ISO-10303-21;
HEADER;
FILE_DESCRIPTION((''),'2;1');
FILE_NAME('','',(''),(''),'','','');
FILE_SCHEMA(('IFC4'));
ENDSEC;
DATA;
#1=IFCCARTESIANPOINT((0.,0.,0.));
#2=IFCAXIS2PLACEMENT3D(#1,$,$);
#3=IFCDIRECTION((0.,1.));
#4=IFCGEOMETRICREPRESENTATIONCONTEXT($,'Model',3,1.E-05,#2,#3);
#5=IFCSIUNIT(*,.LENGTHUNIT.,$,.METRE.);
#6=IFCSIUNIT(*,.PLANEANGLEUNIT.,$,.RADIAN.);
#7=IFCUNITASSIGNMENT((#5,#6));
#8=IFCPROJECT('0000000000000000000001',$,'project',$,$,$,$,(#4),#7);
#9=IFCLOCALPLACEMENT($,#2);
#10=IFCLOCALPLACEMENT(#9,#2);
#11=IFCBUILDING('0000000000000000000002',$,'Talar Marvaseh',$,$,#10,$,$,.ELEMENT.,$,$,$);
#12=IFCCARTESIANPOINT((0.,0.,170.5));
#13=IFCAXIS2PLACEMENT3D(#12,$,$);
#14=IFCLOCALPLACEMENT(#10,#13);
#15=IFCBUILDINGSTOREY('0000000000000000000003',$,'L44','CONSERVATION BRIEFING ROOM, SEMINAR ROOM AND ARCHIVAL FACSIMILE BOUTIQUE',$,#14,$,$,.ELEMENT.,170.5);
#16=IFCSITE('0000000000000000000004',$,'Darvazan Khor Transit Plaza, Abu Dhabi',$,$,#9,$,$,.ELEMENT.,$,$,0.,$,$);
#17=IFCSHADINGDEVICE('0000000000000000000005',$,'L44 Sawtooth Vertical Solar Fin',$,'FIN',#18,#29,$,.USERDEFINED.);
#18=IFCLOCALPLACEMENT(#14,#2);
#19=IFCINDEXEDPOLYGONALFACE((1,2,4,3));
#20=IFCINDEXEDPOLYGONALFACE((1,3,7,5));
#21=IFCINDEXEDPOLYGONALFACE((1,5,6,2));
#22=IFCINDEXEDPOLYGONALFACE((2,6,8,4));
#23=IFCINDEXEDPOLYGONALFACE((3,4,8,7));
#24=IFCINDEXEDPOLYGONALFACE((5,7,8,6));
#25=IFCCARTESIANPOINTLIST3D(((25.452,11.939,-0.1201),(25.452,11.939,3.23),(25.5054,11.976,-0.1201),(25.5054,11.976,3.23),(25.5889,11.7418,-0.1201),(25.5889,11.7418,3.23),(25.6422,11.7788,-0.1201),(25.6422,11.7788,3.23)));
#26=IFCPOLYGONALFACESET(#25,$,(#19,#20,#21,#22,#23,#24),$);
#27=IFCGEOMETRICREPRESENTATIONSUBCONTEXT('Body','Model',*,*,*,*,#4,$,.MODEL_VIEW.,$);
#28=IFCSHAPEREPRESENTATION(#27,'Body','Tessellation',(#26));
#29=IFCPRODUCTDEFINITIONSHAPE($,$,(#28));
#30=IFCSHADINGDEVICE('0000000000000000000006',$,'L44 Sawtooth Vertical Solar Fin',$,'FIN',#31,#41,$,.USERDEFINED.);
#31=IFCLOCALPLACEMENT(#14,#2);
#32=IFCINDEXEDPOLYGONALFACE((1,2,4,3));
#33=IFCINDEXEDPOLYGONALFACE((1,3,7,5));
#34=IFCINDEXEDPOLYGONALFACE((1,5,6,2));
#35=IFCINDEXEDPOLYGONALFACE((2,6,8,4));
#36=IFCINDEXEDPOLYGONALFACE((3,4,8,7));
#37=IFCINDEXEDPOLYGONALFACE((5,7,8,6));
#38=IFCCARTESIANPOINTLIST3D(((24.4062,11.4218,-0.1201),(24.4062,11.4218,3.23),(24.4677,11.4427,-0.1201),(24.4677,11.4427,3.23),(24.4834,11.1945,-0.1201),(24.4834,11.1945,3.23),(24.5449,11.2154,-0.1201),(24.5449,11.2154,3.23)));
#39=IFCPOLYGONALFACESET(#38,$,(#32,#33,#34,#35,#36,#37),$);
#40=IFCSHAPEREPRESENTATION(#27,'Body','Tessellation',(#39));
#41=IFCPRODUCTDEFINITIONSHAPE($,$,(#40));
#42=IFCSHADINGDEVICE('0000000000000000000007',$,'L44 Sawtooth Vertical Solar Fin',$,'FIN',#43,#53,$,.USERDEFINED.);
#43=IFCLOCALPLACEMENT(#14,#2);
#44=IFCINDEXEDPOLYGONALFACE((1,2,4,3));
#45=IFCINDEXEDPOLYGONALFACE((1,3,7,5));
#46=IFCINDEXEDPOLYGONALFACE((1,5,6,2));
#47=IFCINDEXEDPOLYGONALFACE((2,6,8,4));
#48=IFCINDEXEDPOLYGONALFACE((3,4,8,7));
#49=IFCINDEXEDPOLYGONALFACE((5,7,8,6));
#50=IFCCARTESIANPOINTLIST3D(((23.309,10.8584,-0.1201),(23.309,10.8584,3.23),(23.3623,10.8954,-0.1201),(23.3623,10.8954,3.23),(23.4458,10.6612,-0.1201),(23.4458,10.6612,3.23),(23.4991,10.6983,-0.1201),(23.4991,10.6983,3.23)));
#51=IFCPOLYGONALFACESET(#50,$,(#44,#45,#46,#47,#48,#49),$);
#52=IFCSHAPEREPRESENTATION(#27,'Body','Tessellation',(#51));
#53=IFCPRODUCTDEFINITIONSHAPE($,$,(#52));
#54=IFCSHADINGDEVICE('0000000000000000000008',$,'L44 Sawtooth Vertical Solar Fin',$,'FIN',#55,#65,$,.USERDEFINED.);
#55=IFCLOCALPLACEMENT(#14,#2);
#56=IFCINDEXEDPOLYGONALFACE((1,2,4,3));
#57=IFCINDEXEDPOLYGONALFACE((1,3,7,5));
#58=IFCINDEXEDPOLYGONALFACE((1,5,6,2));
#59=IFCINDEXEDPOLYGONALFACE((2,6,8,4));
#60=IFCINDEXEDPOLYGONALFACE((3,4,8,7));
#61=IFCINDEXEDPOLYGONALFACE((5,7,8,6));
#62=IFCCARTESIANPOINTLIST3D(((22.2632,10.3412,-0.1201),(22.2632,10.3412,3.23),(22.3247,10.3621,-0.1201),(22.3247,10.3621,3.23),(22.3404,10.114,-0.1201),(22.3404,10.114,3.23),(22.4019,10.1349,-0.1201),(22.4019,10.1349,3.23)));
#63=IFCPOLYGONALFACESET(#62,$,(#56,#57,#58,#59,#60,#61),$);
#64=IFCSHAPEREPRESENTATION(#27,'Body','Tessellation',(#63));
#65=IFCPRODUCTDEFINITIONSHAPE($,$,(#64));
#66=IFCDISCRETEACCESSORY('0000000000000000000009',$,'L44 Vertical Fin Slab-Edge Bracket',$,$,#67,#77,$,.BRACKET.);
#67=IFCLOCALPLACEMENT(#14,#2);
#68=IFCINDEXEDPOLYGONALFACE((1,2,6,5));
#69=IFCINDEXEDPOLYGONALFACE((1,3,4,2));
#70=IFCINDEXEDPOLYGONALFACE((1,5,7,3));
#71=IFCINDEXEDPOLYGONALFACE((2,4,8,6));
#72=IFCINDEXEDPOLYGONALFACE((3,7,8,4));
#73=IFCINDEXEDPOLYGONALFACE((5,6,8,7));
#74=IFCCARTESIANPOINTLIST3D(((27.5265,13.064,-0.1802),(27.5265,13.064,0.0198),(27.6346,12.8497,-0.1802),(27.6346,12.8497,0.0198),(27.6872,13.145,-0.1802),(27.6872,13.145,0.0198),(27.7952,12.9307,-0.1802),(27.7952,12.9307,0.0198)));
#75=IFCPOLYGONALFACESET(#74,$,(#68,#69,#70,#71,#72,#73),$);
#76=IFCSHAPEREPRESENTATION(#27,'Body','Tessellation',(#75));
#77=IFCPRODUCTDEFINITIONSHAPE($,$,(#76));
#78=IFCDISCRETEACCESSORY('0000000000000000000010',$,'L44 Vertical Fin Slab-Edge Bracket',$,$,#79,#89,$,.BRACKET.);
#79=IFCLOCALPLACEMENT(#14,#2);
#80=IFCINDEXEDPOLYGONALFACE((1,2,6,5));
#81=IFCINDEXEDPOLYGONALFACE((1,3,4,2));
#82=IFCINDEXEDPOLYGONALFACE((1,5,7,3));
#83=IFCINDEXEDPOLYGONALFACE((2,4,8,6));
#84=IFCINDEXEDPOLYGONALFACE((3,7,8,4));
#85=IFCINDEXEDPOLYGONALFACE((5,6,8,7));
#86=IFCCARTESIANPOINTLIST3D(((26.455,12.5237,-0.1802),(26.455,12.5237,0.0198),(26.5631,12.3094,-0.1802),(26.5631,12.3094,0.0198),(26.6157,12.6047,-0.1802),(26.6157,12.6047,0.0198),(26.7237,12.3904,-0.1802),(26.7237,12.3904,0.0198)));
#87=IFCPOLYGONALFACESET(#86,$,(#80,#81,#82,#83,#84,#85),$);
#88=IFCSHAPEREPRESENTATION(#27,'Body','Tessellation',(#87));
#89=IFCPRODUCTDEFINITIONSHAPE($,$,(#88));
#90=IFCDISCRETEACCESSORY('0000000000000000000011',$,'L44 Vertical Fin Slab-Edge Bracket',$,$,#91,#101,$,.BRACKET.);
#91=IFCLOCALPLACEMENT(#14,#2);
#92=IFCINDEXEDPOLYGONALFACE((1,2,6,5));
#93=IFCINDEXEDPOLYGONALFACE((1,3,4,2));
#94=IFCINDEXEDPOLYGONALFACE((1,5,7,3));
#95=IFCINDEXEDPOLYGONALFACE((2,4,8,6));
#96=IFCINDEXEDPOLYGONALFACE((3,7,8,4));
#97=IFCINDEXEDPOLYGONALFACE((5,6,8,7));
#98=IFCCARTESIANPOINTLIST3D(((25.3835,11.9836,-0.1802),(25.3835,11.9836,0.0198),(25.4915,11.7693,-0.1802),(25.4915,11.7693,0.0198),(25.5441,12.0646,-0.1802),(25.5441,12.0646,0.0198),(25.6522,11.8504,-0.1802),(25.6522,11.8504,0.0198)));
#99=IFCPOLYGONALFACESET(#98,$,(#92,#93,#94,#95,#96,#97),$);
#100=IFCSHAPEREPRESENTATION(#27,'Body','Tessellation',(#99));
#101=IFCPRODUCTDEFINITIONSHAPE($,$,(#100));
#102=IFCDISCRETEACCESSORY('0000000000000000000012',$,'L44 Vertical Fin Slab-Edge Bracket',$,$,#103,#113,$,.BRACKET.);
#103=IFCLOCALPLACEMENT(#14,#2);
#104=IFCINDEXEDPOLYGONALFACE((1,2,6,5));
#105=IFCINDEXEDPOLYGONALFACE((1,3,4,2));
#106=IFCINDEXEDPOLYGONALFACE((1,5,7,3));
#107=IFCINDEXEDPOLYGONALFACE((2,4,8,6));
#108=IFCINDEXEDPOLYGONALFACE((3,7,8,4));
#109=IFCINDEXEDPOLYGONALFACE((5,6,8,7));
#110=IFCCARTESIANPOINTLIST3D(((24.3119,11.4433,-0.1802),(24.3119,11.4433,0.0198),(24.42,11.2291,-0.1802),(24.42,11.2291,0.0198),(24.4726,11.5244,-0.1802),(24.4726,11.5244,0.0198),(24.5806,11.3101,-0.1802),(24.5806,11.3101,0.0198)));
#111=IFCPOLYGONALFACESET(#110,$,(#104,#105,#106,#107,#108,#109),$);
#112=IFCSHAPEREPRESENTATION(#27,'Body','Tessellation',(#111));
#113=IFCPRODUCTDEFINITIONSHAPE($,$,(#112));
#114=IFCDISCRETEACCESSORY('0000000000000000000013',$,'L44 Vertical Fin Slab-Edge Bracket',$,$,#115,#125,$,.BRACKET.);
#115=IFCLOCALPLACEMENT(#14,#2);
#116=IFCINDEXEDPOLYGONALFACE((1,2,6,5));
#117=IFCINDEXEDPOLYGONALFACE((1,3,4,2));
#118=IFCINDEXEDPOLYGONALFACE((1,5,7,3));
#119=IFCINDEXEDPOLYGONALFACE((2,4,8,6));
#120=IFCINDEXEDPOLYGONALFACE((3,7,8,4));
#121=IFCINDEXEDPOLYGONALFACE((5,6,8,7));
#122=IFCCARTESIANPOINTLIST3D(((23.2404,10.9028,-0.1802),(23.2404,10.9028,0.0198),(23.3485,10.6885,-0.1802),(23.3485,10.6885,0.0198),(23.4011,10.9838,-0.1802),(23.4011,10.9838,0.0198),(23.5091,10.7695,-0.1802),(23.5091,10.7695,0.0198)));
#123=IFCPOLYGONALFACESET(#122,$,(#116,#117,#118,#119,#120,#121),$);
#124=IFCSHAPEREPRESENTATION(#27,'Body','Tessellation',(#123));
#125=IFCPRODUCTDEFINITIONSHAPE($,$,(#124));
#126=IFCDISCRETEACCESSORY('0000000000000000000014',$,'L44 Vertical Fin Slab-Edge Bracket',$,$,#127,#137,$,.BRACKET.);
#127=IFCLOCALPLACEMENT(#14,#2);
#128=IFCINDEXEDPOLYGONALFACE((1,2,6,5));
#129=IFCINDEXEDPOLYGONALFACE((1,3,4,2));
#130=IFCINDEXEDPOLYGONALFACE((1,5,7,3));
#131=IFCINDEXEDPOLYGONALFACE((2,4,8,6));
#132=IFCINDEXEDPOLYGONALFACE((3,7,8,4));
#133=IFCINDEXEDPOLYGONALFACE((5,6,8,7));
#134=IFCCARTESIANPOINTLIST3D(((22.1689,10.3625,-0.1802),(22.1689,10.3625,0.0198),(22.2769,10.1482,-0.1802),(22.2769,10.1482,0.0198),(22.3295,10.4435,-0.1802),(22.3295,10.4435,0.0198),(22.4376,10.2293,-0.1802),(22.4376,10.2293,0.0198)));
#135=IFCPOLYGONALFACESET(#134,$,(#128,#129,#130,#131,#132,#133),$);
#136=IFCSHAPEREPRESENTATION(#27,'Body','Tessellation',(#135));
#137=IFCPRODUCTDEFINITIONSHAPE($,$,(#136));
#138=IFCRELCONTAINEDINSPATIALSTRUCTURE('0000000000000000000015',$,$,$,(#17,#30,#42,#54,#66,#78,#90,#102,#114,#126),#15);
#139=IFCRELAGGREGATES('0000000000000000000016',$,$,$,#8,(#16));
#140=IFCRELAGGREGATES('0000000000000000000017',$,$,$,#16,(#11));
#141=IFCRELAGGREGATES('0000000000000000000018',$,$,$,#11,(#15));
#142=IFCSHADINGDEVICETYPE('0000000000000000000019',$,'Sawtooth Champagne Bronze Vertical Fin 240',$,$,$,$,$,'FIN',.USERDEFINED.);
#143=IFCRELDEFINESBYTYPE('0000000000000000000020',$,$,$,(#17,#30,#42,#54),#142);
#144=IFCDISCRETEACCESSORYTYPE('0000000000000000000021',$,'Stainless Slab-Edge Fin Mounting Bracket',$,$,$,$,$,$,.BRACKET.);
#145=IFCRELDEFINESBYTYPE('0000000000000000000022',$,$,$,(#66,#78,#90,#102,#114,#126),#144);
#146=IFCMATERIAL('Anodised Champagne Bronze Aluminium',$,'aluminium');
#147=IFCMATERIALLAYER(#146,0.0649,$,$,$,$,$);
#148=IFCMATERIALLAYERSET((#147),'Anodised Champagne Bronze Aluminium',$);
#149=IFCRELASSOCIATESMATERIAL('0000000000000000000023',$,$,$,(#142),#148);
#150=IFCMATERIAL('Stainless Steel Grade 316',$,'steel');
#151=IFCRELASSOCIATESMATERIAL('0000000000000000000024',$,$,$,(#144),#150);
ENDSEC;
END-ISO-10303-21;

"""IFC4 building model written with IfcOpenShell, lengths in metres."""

from ifc_helpers import new_model, si_unit, direction, frame, origin, origin_2d, place, context, subcontext, project, spatial, rectangle, extrude, source, transform, mapped, material, layer, layer_set, type_object, type_shapes, element, save


model = new_model("IFC4")

# Units and contexts
model_context = context("Model", 3, precision=1e-05, world=origin(), true_north=direction((0.0, 1.0)))
body_context = subcontext(model_context, "Body", "Model", "MODEL_VIEW")
ifc_project = project(units=[si_unit("LENGTHUNIT", "METRE"), si_unit("PLANEANGLEUNIT", "RADIAN")], contexts=[model_context])

# Site, building, storey
site_placement = place(None, origin())
site = spatial("IfcSite", under=ifc_project, at=site_placement, Name="Darvazan Khor Transit Plaza, Abu Dhabi", CompositionType="ELEMENT", RefElevation=0.0)
building_placement = place(site_placement, origin())
building = spatial("IfcBuilding", under=site, at=building_placement, Name="Talar Marvaseh", CompositionType="ELEMENT")
storey_placement = place(building_placement, frame((0.0, 0.0, 170.5)))
storey = spatial("IfcBuildingStorey", under=building, at=storey_placement, Name="L44", Description="CONSERVATION BRIEFING ROOM, SEMINAR ROOM AND ARCHIVAL FACSIMILE BOUTIQUE", CompositionType="ELEMENT", Elevation=170.5)

# Shading devices
ifc_material_1 = material(Name="Anodised Champagne Bronze Aluminium", Category="aluminium")
ifc_layer_1 = layer(ifc_material_1, 0.0649)
ifc_layer_set_1 = layer_set([ifc_layer_1], Name="Anodised Champagne Bronze Aluminium")
shading_device_type = type_object("IfcShadingDeviceType", Name="Sawtooth Champagne Bronze Vertical Fin 240", ElementType="FIN", PredefinedType="USERDEFINED", material=ifc_layer_set_1)
shared_shape_1 = source(origin(), body_context, "Body", "SweptSolid", [
    extrude(rectangle(XDim=0.24, YDim=0.0649, at=origin_2d()), origin(), (0.0, 0.0, 1.0), 3.3501),
])
type_shapes(shading_device_type, [shared_shape_1])
for number, where, z_axis, x_axis, name in (
    (1, (25.5471, 11.8589, -0.1201), (0.0, 0.0, 1.0), (0.57014, -0.821547, 0.0), "L44 Sawtooth Vertical Solar Fin"),
    (2, (24.4756, 11.3186, -0.1201), (0.0, 0.0, 1.0), (0.321605, -0.946874, 0.0), "L44 Sawtooth Vertical Solar Fin"),
    (3, (23.4041, 10.7783, -0.1201), (0.0, 0.0, 1.0), (0.57014, -0.821547, 0.0), "L44 Sawtooth Vertical Solar Fin"),
    (4, (22.3325, 10.238, -0.1201), (0.0, 0.0, 1.0), (0.321605, -0.946874, 0.0), "L44 Sawtooth Vertical Solar Fin"),
):
    element("IfcShadingDevice", number, at=place(storey_placement, frame(where, z_axis=z_axis, x_axis=x_axis)), inside=storey, type_object=shading_device_type, Name=name, ObjectType="FIN", PredefinedType="USERDEFINED", context=body_context, shape_type="MappedRepresentation", body=[
        mapped(shared_shape_1, transform((0.0, 0.0, 0.0), x_axis=(1.0, 0.0, 0.0), y_axis=(0.0, 1.0, 0.0), z_axis=(0.0, 0.0, 1.0), scale=1.0)),
    ])

# Discrete accessories
ifc_material_2 = material(Name="Stainless Steel Grade 316", Category="steel")
discrete_accessory_type = type_object("IfcDiscreteAccessoryType", Name="Stainless Slab-Edge Fin Mounting Bracket", PredefinedType="BRACKET", material=ifc_material_2)
shared_shape_2 = source(origin(), body_context, "Body", "SweptSolid", [
    extrude(rectangle(XDim=0.24, YDim=0.1799, at=origin_2d()), origin(), (0.0, 0.0, 1.0), 0.2),
])
type_shapes(discrete_accessory_type, [shared_shape_2])
for number, where, z_axis, x_axis, name in (
    (5, (27.6609, 12.9973, -0.1802), (0.0, 0.0, 1.0), (0.450254, -0.8929, 0.0), "L44 Vertical Fin Slab-Edge Bracket"),
    (6, (26.5894, 12.457, -0.1802), (0.0, 0.0, 1.0), (0.450254, -0.8929, 0.0), "L44 Vertical Fin Slab-Edge Bracket"),
    (7, (25.5178, 11.917, -0.1802), (0.0, 0.0, 1.0), (0.450254, -0.8929, 0.0), "L44 Vertical Fin Slab-Edge Bracket"),
    (8, (24.4463, 11.3767, -0.1802), (0.0, 0.0, 1.0), (0.450254, -0.8929, 0.0), "L44 Vertical Fin Slab-Edge Bracket"),
    (9, (23.3748, 10.8362, -0.1802), (0.0, 0.0, 1.0), (0.450254, -0.8929, 0.0), "L44 Vertical Fin Slab-Edge Bracket"),
    (10, (22.3032, 10.2959, -0.1802), (0.0, 0.0, 1.0), (0.450254, -0.8929, 0.0), "L44 Vertical Fin Slab-Edge Bracket"),
):
    element("IfcDiscreteAccessory", number, at=place(storey_placement, frame(where, z_axis=z_axis, x_axis=x_axis)), inside=storey, type_object=discrete_accessory_type, Name=name, PredefinedType="BRACKET", context=body_context, shape_type="MappedRepresentation", body=[
        mapped(shared_shape_2, transform((0.0, 0.0, 0.0), x_axis=(1.0, 0.0, 0.0), y_axis=(0.0, 1.0, 0.0), z_axis=(0.0, 0.0, 1.0), scale=1.0)),
    ])

save(model, "model.ifc")
